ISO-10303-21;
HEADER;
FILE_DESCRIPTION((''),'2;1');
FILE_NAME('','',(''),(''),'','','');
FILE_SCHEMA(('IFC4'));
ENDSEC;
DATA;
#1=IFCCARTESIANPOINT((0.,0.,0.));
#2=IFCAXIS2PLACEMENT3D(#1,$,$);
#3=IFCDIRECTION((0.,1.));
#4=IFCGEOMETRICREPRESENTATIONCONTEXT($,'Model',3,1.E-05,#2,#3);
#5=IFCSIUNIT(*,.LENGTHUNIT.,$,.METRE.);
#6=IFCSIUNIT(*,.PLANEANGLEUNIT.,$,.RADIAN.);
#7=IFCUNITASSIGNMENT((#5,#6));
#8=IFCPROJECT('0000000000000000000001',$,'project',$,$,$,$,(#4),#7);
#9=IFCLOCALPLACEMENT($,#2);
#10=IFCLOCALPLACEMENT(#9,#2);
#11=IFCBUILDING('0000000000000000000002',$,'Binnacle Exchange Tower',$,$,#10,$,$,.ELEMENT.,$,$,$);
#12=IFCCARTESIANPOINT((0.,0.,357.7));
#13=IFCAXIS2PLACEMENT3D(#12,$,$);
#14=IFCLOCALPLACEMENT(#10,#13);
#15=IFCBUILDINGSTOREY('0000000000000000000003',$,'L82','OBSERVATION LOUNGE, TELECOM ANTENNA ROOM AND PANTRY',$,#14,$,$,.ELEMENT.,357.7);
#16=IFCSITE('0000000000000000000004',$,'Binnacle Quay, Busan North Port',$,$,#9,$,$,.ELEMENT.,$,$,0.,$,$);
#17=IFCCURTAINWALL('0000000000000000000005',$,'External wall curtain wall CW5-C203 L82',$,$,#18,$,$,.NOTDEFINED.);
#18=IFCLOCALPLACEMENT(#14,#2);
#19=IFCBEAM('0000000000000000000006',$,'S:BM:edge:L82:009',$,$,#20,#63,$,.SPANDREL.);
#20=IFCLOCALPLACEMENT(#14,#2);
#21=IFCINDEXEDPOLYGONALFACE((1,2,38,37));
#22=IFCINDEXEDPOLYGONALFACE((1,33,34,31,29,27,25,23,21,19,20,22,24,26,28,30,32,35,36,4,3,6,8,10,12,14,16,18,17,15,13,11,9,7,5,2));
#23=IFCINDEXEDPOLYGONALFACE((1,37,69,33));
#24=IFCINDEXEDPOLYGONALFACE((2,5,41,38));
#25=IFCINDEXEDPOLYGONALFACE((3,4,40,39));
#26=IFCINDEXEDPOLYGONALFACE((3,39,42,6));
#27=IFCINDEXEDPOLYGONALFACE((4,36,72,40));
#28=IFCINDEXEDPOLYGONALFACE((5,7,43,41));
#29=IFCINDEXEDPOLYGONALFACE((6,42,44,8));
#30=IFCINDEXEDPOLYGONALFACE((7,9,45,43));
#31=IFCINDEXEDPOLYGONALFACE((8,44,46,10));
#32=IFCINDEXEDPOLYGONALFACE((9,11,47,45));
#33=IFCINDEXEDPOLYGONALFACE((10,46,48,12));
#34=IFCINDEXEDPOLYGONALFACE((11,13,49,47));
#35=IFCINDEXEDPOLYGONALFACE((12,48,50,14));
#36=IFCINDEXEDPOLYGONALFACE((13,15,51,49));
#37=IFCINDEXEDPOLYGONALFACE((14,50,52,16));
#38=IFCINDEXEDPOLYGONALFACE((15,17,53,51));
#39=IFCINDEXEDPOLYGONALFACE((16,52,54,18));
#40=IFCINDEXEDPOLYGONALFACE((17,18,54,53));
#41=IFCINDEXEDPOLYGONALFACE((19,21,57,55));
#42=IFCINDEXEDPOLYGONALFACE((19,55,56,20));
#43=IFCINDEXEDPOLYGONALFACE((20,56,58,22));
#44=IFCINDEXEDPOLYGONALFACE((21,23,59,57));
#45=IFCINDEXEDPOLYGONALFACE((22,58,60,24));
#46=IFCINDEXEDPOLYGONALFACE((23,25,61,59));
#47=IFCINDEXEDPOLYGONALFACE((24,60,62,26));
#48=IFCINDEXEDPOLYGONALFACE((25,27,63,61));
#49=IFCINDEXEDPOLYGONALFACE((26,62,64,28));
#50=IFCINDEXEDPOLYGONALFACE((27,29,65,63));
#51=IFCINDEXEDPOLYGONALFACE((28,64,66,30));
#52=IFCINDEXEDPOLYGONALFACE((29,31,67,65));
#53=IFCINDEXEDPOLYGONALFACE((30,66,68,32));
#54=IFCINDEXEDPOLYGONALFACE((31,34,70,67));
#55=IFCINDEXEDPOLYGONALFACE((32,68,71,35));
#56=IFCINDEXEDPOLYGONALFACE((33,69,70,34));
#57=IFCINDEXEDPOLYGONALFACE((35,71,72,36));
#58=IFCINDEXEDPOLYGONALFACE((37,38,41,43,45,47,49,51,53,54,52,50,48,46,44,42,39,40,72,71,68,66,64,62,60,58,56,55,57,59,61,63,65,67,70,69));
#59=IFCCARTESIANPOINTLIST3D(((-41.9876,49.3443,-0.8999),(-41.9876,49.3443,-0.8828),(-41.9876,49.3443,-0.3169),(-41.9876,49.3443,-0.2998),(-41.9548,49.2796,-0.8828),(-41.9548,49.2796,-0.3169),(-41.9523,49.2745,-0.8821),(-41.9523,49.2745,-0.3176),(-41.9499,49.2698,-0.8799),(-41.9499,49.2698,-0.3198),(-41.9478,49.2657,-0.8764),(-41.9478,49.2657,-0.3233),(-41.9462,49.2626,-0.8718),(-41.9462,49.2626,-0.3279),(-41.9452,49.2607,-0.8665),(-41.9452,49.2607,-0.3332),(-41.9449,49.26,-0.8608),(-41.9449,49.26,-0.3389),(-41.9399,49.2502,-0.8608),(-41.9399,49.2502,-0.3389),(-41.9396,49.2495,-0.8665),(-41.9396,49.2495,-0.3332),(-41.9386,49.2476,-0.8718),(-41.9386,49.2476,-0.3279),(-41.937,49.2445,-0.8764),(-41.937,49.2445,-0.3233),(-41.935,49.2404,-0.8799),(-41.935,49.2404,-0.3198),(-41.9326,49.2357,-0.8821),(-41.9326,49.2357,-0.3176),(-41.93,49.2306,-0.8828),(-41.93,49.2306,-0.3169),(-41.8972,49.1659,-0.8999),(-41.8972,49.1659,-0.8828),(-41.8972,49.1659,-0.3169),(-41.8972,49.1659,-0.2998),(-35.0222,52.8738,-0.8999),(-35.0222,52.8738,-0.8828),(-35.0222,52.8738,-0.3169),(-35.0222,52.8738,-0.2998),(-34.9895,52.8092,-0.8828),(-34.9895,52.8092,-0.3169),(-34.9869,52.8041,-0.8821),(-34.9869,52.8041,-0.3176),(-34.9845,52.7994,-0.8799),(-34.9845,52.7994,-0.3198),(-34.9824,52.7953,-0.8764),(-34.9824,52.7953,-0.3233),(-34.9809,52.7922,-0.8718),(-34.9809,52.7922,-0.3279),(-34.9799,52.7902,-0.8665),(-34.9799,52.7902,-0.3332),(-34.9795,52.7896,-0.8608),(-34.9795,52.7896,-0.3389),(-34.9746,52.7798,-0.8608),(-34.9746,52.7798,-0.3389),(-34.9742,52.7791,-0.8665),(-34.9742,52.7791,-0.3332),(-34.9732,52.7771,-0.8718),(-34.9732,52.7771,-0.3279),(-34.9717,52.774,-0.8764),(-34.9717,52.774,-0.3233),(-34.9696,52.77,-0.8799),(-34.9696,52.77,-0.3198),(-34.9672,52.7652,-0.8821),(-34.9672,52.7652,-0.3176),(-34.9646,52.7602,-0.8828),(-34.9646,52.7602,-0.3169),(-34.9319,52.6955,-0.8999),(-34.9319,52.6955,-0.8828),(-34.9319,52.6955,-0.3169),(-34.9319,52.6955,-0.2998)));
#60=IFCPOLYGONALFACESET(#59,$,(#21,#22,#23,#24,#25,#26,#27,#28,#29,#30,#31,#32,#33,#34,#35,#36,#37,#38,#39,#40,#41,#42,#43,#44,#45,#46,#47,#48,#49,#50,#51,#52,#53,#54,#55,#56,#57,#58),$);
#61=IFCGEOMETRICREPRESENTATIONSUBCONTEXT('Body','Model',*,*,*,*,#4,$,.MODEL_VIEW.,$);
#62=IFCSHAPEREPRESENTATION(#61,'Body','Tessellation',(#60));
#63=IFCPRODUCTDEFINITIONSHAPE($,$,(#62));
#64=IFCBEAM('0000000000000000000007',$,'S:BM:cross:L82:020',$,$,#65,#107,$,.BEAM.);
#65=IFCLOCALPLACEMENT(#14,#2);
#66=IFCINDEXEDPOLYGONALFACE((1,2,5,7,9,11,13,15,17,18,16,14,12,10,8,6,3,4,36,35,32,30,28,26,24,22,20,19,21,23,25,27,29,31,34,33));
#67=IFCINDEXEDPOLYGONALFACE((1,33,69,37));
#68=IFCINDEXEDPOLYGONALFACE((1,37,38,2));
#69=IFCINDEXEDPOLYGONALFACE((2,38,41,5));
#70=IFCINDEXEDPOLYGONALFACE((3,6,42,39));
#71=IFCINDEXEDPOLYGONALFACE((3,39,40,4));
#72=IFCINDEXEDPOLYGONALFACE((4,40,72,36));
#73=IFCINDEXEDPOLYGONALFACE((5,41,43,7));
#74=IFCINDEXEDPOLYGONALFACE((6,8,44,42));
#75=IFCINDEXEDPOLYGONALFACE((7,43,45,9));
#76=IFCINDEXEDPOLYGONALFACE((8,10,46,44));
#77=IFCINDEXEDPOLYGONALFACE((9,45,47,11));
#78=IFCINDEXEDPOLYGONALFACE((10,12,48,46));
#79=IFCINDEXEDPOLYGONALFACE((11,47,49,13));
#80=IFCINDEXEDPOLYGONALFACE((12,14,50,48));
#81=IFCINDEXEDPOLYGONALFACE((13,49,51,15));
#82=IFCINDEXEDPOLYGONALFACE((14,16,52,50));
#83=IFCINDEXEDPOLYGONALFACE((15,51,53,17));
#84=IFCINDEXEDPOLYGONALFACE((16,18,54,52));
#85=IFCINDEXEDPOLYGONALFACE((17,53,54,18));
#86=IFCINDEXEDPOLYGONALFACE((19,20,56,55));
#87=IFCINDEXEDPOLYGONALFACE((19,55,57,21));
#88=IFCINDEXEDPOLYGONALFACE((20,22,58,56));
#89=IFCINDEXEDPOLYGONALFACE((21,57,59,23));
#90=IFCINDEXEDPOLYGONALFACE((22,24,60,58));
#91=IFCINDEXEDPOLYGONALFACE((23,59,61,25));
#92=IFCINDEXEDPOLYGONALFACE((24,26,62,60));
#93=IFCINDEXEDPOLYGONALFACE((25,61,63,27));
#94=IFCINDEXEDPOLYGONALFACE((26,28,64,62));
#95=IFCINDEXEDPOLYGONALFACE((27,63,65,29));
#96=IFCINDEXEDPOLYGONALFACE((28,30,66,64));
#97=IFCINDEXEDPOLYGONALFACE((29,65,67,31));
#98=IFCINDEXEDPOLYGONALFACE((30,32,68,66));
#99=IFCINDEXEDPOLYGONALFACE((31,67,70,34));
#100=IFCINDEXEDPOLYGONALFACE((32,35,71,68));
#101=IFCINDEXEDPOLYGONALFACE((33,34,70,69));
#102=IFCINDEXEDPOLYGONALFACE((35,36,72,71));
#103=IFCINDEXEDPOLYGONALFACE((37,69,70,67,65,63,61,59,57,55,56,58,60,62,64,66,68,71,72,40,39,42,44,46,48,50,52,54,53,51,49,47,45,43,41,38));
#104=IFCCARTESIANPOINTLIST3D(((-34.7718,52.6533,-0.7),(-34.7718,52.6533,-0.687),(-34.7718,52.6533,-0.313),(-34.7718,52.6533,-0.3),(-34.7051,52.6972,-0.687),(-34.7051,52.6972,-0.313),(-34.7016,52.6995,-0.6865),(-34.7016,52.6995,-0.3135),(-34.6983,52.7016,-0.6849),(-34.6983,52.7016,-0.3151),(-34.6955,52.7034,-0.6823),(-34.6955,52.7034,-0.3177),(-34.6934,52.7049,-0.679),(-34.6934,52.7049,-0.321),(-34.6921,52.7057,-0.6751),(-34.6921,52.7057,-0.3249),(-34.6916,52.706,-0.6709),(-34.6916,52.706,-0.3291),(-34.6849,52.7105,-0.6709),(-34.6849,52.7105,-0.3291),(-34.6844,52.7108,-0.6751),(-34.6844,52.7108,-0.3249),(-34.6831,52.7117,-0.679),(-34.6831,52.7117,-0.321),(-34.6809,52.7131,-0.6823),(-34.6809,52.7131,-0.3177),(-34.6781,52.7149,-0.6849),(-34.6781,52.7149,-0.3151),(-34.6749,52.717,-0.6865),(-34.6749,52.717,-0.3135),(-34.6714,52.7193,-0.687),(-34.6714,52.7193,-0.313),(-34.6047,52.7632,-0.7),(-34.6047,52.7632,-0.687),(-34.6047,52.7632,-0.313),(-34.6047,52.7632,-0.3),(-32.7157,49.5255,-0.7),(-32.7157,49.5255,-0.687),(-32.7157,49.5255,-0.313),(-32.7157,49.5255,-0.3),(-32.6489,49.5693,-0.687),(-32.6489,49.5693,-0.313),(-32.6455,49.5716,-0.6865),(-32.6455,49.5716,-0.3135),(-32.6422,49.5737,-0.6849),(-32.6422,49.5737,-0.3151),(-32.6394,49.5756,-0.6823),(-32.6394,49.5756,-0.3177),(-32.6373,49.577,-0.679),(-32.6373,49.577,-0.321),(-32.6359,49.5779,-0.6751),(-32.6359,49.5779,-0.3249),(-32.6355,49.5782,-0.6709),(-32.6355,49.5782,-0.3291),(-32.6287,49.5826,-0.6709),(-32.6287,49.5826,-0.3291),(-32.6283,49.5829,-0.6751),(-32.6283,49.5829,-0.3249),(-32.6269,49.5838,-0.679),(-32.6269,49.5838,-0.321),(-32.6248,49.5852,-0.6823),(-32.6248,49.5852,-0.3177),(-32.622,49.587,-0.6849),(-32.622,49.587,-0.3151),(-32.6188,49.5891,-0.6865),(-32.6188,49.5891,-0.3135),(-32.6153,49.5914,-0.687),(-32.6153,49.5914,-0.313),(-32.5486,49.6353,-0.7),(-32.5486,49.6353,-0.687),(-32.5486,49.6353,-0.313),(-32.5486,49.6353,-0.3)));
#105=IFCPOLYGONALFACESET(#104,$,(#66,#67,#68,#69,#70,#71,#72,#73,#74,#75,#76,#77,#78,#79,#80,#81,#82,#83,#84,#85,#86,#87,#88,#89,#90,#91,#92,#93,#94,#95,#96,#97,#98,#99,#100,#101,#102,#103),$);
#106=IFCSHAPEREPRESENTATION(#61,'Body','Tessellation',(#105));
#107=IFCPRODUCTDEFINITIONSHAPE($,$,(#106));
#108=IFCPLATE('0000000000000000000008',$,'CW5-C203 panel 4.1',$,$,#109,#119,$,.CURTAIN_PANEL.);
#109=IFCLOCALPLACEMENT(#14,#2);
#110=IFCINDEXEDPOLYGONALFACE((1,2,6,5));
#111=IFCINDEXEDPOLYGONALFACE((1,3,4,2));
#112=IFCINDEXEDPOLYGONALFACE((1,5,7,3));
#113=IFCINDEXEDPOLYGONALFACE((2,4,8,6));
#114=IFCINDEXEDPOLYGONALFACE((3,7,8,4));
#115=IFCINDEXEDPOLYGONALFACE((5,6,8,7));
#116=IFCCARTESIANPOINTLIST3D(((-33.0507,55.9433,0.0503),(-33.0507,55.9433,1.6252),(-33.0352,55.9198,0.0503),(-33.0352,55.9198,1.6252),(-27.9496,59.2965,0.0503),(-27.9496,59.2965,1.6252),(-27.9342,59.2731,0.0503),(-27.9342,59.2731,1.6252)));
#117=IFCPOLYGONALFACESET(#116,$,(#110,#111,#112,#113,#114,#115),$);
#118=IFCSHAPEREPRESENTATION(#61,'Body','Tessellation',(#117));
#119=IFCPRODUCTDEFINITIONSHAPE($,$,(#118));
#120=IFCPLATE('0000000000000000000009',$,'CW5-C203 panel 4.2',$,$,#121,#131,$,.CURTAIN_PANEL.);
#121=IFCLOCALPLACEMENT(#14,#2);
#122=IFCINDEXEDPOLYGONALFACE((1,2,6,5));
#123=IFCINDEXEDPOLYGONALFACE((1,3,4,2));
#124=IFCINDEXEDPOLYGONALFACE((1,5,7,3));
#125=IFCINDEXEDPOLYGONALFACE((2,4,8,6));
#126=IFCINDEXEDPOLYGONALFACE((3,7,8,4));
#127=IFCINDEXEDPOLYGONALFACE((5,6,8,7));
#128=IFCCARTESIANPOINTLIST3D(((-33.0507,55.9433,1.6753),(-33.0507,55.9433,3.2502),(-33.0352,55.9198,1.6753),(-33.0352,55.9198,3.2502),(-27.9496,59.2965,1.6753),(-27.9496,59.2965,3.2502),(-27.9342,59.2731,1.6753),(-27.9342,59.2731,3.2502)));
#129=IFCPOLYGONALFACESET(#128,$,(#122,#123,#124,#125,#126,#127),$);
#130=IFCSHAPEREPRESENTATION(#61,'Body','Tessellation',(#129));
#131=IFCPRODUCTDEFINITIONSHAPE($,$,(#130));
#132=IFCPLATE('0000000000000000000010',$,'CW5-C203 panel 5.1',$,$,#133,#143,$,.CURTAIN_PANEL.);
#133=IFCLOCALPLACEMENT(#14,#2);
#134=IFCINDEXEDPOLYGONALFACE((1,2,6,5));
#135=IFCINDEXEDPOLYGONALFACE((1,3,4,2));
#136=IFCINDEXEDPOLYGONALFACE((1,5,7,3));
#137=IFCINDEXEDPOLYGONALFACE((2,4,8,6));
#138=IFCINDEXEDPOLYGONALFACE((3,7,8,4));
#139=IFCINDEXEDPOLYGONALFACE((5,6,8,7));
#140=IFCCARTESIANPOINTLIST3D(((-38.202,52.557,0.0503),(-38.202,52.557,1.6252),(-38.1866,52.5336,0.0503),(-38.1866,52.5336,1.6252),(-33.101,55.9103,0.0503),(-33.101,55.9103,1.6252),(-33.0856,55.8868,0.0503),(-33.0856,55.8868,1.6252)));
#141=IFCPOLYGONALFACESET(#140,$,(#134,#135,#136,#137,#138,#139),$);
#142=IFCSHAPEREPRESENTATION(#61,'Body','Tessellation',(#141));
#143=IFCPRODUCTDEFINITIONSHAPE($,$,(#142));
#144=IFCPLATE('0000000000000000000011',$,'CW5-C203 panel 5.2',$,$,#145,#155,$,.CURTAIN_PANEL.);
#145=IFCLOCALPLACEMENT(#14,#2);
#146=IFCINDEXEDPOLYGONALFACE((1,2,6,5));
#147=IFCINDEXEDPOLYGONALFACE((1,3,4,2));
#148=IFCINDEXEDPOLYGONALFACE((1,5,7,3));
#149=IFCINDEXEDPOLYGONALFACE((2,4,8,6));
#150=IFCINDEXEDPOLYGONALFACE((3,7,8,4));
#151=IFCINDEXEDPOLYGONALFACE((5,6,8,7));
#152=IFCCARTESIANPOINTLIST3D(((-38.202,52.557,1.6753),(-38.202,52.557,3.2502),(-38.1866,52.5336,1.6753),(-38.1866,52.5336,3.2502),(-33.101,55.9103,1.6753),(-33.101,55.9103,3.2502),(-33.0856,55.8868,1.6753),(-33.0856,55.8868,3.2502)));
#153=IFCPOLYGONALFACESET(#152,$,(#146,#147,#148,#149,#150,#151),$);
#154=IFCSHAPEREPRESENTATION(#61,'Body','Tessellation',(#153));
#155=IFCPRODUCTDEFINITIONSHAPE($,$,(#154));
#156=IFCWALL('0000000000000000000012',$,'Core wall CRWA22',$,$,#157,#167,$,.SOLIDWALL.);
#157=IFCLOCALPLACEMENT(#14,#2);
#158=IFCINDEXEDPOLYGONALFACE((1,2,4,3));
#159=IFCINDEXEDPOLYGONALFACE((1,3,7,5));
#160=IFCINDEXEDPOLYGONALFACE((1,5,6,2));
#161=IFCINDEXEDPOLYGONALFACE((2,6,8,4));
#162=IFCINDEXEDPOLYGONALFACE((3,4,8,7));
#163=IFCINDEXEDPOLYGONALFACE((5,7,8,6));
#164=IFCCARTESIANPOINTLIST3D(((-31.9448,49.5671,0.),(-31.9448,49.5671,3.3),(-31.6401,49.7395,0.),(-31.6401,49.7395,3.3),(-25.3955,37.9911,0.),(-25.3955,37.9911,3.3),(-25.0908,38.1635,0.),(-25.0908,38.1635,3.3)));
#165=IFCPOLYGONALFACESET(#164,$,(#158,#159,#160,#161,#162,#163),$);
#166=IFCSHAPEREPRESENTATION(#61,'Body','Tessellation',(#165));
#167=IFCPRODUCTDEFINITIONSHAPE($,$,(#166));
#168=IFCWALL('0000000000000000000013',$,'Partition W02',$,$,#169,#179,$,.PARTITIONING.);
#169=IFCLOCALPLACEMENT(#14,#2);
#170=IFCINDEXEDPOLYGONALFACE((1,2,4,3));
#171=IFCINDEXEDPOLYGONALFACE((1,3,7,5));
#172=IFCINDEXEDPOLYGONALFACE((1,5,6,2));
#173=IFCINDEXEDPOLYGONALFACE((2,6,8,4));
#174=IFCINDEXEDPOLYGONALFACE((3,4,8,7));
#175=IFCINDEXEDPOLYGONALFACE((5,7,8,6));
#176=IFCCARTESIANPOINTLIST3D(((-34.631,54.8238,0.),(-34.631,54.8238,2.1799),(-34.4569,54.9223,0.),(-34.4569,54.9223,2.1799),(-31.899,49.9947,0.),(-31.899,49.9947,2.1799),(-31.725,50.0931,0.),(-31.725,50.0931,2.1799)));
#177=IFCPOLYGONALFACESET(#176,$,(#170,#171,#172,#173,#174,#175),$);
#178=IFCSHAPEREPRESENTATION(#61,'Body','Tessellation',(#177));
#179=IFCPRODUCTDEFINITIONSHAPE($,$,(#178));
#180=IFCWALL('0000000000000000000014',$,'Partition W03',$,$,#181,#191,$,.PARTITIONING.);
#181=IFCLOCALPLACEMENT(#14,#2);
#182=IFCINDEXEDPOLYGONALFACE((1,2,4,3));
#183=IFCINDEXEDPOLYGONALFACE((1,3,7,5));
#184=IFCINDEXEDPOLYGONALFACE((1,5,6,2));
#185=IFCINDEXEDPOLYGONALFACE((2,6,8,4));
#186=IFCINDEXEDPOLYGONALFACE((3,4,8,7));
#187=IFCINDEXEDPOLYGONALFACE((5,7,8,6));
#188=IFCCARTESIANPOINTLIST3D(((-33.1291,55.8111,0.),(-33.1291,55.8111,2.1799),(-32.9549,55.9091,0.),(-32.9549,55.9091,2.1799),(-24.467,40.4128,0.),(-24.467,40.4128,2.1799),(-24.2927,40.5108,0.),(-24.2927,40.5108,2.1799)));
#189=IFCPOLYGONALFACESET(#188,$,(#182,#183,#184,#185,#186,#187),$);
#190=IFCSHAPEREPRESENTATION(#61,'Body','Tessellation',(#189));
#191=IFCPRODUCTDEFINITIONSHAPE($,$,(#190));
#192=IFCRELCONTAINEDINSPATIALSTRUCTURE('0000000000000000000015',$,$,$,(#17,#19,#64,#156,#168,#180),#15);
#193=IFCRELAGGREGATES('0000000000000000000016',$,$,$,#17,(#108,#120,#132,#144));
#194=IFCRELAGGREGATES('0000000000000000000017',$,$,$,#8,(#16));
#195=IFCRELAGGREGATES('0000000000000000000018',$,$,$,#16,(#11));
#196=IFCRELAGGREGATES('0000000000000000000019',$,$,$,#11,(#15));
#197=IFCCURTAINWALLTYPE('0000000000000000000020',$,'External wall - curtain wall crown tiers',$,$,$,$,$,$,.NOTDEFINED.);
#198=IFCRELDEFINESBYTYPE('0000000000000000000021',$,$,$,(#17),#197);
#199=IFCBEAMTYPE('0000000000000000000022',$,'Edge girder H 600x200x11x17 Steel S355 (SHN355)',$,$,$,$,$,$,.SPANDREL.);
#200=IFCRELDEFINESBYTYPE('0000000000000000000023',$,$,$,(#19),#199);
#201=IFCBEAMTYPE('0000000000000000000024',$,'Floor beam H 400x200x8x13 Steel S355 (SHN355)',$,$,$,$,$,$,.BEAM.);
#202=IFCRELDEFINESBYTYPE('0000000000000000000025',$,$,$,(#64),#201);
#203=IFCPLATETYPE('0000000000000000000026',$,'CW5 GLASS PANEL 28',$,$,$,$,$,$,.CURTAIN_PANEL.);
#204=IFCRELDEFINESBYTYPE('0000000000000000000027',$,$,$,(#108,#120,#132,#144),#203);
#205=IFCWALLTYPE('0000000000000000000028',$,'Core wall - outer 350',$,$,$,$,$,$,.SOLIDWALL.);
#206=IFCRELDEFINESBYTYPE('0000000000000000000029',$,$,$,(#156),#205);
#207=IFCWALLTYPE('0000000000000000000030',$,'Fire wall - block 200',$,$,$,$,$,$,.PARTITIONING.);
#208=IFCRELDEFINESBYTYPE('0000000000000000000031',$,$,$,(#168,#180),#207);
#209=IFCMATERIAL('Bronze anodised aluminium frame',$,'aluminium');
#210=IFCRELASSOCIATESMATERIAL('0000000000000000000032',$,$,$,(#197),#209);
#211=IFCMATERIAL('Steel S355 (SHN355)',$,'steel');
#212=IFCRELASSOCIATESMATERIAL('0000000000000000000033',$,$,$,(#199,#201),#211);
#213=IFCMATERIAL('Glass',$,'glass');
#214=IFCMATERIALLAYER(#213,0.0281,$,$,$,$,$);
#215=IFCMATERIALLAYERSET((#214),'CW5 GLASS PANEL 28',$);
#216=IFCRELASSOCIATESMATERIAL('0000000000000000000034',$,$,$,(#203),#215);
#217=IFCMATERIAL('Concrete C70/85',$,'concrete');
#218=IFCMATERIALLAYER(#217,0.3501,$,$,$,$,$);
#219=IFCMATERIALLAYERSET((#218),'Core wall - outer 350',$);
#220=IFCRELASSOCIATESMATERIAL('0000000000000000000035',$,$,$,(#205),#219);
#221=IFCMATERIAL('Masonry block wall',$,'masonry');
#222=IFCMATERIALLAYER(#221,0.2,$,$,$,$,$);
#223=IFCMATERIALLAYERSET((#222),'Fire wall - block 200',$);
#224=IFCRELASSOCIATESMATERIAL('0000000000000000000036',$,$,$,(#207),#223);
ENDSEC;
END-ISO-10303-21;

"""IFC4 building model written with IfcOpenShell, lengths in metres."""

from ifc_helpers import new_model, si_unit, direction, frame, frame_2d, origin, origin_2d, place, context, subcontext, project, spatial, rectangle, i_section, extrude, material, layer, layer_set, material_profile, profile_set, type_object, element, aggregate, save


model = new_model("IFC4")

# Units and contexts
model_context = context("Model", 3, precision=1e-05, world=origin(), true_north=direction((0.0, 1.0)))
body_context = subcontext(model_context, "Body", "Model", "MODEL_VIEW")
ifc_project = project(units=[si_unit("LENGTHUNIT", "METRE"), si_unit("PLANEANGLEUNIT", "RADIAN")], contexts=[model_context])

# Site, building, storey
site_placement = place(None, origin())
site = spatial("IfcSite", under=ifc_project, at=site_placement, Name="Binnacle Quay, Busan North Port", CompositionType="ELEMENT", RefElevation=0.0)
building_placement = place(site_placement, origin())
building = spatial("IfcBuilding", under=site, at=building_placement, Name="Binnacle Exchange Tower", CompositionType="ELEMENT")
storey_placement = place(building_placement, frame((0.0, 0.0, 357.7)))
storey = spatial("IfcBuildingStorey", under=building, at=storey_placement, Name="L82", Description="OBSERVATION LOUNGE, TELECOM ANTENNA ROOM AND PANTRY", CompositionType="ELEMENT", Elevation=357.7)

# Shared definitions
ifc_material_1 = material(Name="Steel S355 (SHN355)", Category="steel")

# Curtain wall
ifc_material_2 = material(Name="Bronze anodised aluminium frame", Category="aluminium")
curtain_wall_type = type_object("IfcCurtainWallType", Name="External wall - curtain wall crown tiers", PredefinedType="NOTDEFINED", material=ifc_material_2)
curtain_wall_placement = place(storey_placement, origin())
curtain_wall = element("IfcCurtainWall", 1, at=curtain_wall_placement, inside=storey, type_object=curtain_wall_type, Name="External wall curtain wall CW5-C203 L82", PredefinedType="NOTDEFINED")

# Beams
ifc_material_profile_1 = material_profile(ifc_material_1, i_section(OverallWidth=0.2, OverallDepth=0.6001, WebThickness=0.011, FlangeThickness=0.0171, FilletRadius=0.022, at=origin_2d()), Name="H 600x200x11x17")
ifc_profile_set_1 = profile_set([ifc_material_profile_1], Name="Steel S355 (SHN355)")
beam_type_1 = type_object("IfcBeamType", Name="Edge girder H 600x200x11x17 Steel S355 (SHN355)", PredefinedType="SPANDREL", material=ifc_profile_set_1)
beam_1_placement = place(storey_placement, frame((-34.9771, 52.7847, -0.5999), z_axis=(-0.892013, -0.45201, 0.0), x_axis=(0.45201, -0.892013, 0.0)))
element("IfcBeam", 2, at=beam_1_placement, inside=storey, type_object=beam_type_1, Name="S:BM:edge:L82:009", PredefinedType="SPANDREL", context=body_context, shape_type="SweptSolid", body=[
    extrude(i_section(OverallWidth=0.2, OverallDepth=0.6001, WebThickness=0.011, FlangeThickness=0.0171, FilletRadius=0.022, at=origin_2d()), origin(), (0.0, 0.0, 1.0), 7.8086),
])
ifc_material_profile_2 = material_profile(ifc_material_1, i_section(OverallWidth=0.2, OverallDepth=0.3999, WebThickness=0.0081, FlangeThickness=0.0129, FilletRadius=0.0161, at=origin_2d()), Name="H 400x200x8x13")
ifc_profile_set_2 = profile_set([ifc_material_profile_2], Name="Steel S355 (SHN355)")
beam_type_2 = type_object("IfcBeamType", Name="Floor beam H 400x200x8x13 Steel S355 (SHN355)", PredefinedType="BEAM", material=ifc_profile_set_2)
beam_2_placement = place(storey_placement, frame((-34.6882, 52.7083, -0.5), z_axis=(0.5493, -0.835625, 0.0), x_axis=(0.835625, 0.5493, 0.0)))
element("IfcBeam", 3, at=beam_2_placement, inside=storey, type_object=beam_type_2, Name="S:BM:cross:L82:020", PredefinedType="BEAM", context=body_context, shape_type="SweptSolid", body=[
    extrude(i_section(OverallWidth=0.2, OverallDepth=0.3999, WebThickness=0.0081, FlangeThickness=0.0129, FilletRadius=0.0161, at=origin_2d()), origin(), (0.0, 0.0, 1.0), 3.7432),
])

# Plates
ifc_material_3 = material(Name="Glass", Category="glass")
ifc_layer_1 = layer(ifc_material_3, 0.0281)
ifc_layer_set_1 = layer_set([ifc_layer_1], Name="CW5 GLASS PANEL 28")
plate_type = type_object("IfcPlateType", Name="CW5 GLASS PANEL 28", PredefinedType="CURTAIN_PANEL", material=ifc_layer_set_1)
plate_1_placement = place(storey_placement, frame((-30.4924, 57.6082, 0.0503), z_axis=(0.0, 0.0, 1.0), x_axis=(-0.835618, -0.54931, 0.0)))
plate_1 = element("IfcPlate", 4, at=plate_1_placement, type_object=plate_type, Name="CW5-C203 panel 4.1", PredefinedType="CURTAIN_PANEL", context=body_context, shape_type="SweptSolid", body=[
    extrude(rectangle(XDim=6.1045, YDim=0.0281, at=origin_2d()), origin(), (0.0, 0.0, 1.0), 1.575),
])
plate_2_placement = place(storey_placement, frame((-30.4924, 57.6082, 1.6753), z_axis=(0.0, 0.0, 1.0), x_axis=(-0.835618, -0.54931, 0.0)))
plate_2 = element("IfcPlate", 5, at=plate_2_placement, type_object=plate_type, Name="CW5-C203 panel 4.2", PredefinedType="CURTAIN_PANEL", context=body_context, shape_type="SweptSolid", body=[
    extrude(rectangle(XDim=6.1045, YDim=0.0281, at=origin_2d()), origin(), (0.0, 0.0, 1.0), 1.575),
])
plate_3_placement = place(storey_placement, frame((-35.6438, 54.2219, 0.0503), z_axis=(0.0, 0.0, 1.0), x_axis=(-0.835618, -0.54931, 0.0)))
plate_3 = element("IfcPlate", 6, at=plate_3_placement, type_object=plate_type, Name="CW5-C203 panel 5.1", PredefinedType="CURTAIN_PANEL", context=body_context, shape_type="SweptSolid", body=[
    extrude(rectangle(XDim=6.1045, YDim=0.0281, at=origin_2d()), origin(), (0.0, 0.0, 1.0), 1.575),
])
plate_4_placement = place(storey_placement, frame((-35.6438, 54.2219, 1.6753), z_axis=(0.0, 0.0, 1.0), x_axis=(-0.835618, -0.54931, 0.0)))
plate_4 = element("IfcPlate", 7, at=plate_4_placement, type_object=plate_type, Name="CW5-C203 panel 5.2", PredefinedType="CURTAIN_PANEL", context=body_context, shape_type="SweptSolid", body=[
    extrude(rectangle(XDim=6.1045, YDim=0.0281, at=origin_2d()), origin(), (0.0, 0.0, 1.0), 1.575),
])
aggregate(curtain_wall, [plate_1, plate_2, plate_3, plate_4])

# Walls
ifc_material_4 = material(Name="Concrete C70/85", Category="concrete")
ifc_layer_2 = layer(ifc_material_4, 0.3501)
ifc_layer_set_2 = layer_set([ifc_layer_2], Name="Core wall - outer 350")
wall_type_1 = type_object("IfcWallType", Name="Core wall - outer 350", PredefinedType="SOLIDWALL", material=ifc_layer_set_2)
wall_1_placement = place(storey_placement, frame((-31.7925, 49.6533, 0.0), z_axis=(0.0, 0.0, 1.0), x_axis=(0.492422, -0.870357, 0.0)))
element("IfcWall", 8, at=wall_1_placement, inside=storey, type_object=wall_type_1, Name="Core wall CRWA22", PredefinedType="SOLIDWALL", context=body_context, shape_type="SweptSolid", body=[
    extrude(rectangle(XDim=13.3003, YDim=0.3501, at=frame_2d((6.6501, 0.0))), origin(), (0.0, 0.0, 1.0), 3.3),
])
ifc_material_5 = material(Name="Masonry block wall", Category="masonry")
ifc_layer_3 = layer(ifc_material_5, 0.2)
ifc_layer_set_3 = layer_set([ifc_layer_3], Name="Fire wall - block 200")
wall_type_2 = type_object("IfcWallType", Name="Fire wall - block 200", PredefinedType="PARTITIONING", material=ifc_layer_set_3)
wall_2_placement = place(storey_placement, frame((-34.5439, 54.873, 0.0), z_axis=(0.0, 0.0, 1.0), x_axis=(0.492391, -0.870374, 0.0)))
element("IfcWall", 9, at=wall_2_placement, inside=storey, type_object=wall_type_2, Name="Partition W02", PredefinedType="PARTITIONING", context=body_context, shape_type="SweptSolid", body=[
    extrude(rectangle(XDim=5.5483, YDim=0.2, at=frame_2d((2.7742, 0.0))), origin(), (0.0, 0.0, 1.0), 2.1799),
])
wall_3_placement = place(storey_placement, frame((-33.042, 55.8601, 0.0), z_axis=(0.0, 0.0, 1.0), x_axis=(0.490288, -0.87156, 0.0)))
element("IfcWall", 10, at=wall_3_placement, inside=storey, type_object=wall_type_2, Name="Partition W03", PredefinedType="PARTITIONING", context=body_context, shape_type="SweptSolid", body=[
    extrude(rectangle(XDim=17.6675, YDim=0.2, at=frame_2d((8.8337, 0.0))), origin(), (0.0, 0.0, 1.0), 2.1799),
])

save(model, "model.ifc")
